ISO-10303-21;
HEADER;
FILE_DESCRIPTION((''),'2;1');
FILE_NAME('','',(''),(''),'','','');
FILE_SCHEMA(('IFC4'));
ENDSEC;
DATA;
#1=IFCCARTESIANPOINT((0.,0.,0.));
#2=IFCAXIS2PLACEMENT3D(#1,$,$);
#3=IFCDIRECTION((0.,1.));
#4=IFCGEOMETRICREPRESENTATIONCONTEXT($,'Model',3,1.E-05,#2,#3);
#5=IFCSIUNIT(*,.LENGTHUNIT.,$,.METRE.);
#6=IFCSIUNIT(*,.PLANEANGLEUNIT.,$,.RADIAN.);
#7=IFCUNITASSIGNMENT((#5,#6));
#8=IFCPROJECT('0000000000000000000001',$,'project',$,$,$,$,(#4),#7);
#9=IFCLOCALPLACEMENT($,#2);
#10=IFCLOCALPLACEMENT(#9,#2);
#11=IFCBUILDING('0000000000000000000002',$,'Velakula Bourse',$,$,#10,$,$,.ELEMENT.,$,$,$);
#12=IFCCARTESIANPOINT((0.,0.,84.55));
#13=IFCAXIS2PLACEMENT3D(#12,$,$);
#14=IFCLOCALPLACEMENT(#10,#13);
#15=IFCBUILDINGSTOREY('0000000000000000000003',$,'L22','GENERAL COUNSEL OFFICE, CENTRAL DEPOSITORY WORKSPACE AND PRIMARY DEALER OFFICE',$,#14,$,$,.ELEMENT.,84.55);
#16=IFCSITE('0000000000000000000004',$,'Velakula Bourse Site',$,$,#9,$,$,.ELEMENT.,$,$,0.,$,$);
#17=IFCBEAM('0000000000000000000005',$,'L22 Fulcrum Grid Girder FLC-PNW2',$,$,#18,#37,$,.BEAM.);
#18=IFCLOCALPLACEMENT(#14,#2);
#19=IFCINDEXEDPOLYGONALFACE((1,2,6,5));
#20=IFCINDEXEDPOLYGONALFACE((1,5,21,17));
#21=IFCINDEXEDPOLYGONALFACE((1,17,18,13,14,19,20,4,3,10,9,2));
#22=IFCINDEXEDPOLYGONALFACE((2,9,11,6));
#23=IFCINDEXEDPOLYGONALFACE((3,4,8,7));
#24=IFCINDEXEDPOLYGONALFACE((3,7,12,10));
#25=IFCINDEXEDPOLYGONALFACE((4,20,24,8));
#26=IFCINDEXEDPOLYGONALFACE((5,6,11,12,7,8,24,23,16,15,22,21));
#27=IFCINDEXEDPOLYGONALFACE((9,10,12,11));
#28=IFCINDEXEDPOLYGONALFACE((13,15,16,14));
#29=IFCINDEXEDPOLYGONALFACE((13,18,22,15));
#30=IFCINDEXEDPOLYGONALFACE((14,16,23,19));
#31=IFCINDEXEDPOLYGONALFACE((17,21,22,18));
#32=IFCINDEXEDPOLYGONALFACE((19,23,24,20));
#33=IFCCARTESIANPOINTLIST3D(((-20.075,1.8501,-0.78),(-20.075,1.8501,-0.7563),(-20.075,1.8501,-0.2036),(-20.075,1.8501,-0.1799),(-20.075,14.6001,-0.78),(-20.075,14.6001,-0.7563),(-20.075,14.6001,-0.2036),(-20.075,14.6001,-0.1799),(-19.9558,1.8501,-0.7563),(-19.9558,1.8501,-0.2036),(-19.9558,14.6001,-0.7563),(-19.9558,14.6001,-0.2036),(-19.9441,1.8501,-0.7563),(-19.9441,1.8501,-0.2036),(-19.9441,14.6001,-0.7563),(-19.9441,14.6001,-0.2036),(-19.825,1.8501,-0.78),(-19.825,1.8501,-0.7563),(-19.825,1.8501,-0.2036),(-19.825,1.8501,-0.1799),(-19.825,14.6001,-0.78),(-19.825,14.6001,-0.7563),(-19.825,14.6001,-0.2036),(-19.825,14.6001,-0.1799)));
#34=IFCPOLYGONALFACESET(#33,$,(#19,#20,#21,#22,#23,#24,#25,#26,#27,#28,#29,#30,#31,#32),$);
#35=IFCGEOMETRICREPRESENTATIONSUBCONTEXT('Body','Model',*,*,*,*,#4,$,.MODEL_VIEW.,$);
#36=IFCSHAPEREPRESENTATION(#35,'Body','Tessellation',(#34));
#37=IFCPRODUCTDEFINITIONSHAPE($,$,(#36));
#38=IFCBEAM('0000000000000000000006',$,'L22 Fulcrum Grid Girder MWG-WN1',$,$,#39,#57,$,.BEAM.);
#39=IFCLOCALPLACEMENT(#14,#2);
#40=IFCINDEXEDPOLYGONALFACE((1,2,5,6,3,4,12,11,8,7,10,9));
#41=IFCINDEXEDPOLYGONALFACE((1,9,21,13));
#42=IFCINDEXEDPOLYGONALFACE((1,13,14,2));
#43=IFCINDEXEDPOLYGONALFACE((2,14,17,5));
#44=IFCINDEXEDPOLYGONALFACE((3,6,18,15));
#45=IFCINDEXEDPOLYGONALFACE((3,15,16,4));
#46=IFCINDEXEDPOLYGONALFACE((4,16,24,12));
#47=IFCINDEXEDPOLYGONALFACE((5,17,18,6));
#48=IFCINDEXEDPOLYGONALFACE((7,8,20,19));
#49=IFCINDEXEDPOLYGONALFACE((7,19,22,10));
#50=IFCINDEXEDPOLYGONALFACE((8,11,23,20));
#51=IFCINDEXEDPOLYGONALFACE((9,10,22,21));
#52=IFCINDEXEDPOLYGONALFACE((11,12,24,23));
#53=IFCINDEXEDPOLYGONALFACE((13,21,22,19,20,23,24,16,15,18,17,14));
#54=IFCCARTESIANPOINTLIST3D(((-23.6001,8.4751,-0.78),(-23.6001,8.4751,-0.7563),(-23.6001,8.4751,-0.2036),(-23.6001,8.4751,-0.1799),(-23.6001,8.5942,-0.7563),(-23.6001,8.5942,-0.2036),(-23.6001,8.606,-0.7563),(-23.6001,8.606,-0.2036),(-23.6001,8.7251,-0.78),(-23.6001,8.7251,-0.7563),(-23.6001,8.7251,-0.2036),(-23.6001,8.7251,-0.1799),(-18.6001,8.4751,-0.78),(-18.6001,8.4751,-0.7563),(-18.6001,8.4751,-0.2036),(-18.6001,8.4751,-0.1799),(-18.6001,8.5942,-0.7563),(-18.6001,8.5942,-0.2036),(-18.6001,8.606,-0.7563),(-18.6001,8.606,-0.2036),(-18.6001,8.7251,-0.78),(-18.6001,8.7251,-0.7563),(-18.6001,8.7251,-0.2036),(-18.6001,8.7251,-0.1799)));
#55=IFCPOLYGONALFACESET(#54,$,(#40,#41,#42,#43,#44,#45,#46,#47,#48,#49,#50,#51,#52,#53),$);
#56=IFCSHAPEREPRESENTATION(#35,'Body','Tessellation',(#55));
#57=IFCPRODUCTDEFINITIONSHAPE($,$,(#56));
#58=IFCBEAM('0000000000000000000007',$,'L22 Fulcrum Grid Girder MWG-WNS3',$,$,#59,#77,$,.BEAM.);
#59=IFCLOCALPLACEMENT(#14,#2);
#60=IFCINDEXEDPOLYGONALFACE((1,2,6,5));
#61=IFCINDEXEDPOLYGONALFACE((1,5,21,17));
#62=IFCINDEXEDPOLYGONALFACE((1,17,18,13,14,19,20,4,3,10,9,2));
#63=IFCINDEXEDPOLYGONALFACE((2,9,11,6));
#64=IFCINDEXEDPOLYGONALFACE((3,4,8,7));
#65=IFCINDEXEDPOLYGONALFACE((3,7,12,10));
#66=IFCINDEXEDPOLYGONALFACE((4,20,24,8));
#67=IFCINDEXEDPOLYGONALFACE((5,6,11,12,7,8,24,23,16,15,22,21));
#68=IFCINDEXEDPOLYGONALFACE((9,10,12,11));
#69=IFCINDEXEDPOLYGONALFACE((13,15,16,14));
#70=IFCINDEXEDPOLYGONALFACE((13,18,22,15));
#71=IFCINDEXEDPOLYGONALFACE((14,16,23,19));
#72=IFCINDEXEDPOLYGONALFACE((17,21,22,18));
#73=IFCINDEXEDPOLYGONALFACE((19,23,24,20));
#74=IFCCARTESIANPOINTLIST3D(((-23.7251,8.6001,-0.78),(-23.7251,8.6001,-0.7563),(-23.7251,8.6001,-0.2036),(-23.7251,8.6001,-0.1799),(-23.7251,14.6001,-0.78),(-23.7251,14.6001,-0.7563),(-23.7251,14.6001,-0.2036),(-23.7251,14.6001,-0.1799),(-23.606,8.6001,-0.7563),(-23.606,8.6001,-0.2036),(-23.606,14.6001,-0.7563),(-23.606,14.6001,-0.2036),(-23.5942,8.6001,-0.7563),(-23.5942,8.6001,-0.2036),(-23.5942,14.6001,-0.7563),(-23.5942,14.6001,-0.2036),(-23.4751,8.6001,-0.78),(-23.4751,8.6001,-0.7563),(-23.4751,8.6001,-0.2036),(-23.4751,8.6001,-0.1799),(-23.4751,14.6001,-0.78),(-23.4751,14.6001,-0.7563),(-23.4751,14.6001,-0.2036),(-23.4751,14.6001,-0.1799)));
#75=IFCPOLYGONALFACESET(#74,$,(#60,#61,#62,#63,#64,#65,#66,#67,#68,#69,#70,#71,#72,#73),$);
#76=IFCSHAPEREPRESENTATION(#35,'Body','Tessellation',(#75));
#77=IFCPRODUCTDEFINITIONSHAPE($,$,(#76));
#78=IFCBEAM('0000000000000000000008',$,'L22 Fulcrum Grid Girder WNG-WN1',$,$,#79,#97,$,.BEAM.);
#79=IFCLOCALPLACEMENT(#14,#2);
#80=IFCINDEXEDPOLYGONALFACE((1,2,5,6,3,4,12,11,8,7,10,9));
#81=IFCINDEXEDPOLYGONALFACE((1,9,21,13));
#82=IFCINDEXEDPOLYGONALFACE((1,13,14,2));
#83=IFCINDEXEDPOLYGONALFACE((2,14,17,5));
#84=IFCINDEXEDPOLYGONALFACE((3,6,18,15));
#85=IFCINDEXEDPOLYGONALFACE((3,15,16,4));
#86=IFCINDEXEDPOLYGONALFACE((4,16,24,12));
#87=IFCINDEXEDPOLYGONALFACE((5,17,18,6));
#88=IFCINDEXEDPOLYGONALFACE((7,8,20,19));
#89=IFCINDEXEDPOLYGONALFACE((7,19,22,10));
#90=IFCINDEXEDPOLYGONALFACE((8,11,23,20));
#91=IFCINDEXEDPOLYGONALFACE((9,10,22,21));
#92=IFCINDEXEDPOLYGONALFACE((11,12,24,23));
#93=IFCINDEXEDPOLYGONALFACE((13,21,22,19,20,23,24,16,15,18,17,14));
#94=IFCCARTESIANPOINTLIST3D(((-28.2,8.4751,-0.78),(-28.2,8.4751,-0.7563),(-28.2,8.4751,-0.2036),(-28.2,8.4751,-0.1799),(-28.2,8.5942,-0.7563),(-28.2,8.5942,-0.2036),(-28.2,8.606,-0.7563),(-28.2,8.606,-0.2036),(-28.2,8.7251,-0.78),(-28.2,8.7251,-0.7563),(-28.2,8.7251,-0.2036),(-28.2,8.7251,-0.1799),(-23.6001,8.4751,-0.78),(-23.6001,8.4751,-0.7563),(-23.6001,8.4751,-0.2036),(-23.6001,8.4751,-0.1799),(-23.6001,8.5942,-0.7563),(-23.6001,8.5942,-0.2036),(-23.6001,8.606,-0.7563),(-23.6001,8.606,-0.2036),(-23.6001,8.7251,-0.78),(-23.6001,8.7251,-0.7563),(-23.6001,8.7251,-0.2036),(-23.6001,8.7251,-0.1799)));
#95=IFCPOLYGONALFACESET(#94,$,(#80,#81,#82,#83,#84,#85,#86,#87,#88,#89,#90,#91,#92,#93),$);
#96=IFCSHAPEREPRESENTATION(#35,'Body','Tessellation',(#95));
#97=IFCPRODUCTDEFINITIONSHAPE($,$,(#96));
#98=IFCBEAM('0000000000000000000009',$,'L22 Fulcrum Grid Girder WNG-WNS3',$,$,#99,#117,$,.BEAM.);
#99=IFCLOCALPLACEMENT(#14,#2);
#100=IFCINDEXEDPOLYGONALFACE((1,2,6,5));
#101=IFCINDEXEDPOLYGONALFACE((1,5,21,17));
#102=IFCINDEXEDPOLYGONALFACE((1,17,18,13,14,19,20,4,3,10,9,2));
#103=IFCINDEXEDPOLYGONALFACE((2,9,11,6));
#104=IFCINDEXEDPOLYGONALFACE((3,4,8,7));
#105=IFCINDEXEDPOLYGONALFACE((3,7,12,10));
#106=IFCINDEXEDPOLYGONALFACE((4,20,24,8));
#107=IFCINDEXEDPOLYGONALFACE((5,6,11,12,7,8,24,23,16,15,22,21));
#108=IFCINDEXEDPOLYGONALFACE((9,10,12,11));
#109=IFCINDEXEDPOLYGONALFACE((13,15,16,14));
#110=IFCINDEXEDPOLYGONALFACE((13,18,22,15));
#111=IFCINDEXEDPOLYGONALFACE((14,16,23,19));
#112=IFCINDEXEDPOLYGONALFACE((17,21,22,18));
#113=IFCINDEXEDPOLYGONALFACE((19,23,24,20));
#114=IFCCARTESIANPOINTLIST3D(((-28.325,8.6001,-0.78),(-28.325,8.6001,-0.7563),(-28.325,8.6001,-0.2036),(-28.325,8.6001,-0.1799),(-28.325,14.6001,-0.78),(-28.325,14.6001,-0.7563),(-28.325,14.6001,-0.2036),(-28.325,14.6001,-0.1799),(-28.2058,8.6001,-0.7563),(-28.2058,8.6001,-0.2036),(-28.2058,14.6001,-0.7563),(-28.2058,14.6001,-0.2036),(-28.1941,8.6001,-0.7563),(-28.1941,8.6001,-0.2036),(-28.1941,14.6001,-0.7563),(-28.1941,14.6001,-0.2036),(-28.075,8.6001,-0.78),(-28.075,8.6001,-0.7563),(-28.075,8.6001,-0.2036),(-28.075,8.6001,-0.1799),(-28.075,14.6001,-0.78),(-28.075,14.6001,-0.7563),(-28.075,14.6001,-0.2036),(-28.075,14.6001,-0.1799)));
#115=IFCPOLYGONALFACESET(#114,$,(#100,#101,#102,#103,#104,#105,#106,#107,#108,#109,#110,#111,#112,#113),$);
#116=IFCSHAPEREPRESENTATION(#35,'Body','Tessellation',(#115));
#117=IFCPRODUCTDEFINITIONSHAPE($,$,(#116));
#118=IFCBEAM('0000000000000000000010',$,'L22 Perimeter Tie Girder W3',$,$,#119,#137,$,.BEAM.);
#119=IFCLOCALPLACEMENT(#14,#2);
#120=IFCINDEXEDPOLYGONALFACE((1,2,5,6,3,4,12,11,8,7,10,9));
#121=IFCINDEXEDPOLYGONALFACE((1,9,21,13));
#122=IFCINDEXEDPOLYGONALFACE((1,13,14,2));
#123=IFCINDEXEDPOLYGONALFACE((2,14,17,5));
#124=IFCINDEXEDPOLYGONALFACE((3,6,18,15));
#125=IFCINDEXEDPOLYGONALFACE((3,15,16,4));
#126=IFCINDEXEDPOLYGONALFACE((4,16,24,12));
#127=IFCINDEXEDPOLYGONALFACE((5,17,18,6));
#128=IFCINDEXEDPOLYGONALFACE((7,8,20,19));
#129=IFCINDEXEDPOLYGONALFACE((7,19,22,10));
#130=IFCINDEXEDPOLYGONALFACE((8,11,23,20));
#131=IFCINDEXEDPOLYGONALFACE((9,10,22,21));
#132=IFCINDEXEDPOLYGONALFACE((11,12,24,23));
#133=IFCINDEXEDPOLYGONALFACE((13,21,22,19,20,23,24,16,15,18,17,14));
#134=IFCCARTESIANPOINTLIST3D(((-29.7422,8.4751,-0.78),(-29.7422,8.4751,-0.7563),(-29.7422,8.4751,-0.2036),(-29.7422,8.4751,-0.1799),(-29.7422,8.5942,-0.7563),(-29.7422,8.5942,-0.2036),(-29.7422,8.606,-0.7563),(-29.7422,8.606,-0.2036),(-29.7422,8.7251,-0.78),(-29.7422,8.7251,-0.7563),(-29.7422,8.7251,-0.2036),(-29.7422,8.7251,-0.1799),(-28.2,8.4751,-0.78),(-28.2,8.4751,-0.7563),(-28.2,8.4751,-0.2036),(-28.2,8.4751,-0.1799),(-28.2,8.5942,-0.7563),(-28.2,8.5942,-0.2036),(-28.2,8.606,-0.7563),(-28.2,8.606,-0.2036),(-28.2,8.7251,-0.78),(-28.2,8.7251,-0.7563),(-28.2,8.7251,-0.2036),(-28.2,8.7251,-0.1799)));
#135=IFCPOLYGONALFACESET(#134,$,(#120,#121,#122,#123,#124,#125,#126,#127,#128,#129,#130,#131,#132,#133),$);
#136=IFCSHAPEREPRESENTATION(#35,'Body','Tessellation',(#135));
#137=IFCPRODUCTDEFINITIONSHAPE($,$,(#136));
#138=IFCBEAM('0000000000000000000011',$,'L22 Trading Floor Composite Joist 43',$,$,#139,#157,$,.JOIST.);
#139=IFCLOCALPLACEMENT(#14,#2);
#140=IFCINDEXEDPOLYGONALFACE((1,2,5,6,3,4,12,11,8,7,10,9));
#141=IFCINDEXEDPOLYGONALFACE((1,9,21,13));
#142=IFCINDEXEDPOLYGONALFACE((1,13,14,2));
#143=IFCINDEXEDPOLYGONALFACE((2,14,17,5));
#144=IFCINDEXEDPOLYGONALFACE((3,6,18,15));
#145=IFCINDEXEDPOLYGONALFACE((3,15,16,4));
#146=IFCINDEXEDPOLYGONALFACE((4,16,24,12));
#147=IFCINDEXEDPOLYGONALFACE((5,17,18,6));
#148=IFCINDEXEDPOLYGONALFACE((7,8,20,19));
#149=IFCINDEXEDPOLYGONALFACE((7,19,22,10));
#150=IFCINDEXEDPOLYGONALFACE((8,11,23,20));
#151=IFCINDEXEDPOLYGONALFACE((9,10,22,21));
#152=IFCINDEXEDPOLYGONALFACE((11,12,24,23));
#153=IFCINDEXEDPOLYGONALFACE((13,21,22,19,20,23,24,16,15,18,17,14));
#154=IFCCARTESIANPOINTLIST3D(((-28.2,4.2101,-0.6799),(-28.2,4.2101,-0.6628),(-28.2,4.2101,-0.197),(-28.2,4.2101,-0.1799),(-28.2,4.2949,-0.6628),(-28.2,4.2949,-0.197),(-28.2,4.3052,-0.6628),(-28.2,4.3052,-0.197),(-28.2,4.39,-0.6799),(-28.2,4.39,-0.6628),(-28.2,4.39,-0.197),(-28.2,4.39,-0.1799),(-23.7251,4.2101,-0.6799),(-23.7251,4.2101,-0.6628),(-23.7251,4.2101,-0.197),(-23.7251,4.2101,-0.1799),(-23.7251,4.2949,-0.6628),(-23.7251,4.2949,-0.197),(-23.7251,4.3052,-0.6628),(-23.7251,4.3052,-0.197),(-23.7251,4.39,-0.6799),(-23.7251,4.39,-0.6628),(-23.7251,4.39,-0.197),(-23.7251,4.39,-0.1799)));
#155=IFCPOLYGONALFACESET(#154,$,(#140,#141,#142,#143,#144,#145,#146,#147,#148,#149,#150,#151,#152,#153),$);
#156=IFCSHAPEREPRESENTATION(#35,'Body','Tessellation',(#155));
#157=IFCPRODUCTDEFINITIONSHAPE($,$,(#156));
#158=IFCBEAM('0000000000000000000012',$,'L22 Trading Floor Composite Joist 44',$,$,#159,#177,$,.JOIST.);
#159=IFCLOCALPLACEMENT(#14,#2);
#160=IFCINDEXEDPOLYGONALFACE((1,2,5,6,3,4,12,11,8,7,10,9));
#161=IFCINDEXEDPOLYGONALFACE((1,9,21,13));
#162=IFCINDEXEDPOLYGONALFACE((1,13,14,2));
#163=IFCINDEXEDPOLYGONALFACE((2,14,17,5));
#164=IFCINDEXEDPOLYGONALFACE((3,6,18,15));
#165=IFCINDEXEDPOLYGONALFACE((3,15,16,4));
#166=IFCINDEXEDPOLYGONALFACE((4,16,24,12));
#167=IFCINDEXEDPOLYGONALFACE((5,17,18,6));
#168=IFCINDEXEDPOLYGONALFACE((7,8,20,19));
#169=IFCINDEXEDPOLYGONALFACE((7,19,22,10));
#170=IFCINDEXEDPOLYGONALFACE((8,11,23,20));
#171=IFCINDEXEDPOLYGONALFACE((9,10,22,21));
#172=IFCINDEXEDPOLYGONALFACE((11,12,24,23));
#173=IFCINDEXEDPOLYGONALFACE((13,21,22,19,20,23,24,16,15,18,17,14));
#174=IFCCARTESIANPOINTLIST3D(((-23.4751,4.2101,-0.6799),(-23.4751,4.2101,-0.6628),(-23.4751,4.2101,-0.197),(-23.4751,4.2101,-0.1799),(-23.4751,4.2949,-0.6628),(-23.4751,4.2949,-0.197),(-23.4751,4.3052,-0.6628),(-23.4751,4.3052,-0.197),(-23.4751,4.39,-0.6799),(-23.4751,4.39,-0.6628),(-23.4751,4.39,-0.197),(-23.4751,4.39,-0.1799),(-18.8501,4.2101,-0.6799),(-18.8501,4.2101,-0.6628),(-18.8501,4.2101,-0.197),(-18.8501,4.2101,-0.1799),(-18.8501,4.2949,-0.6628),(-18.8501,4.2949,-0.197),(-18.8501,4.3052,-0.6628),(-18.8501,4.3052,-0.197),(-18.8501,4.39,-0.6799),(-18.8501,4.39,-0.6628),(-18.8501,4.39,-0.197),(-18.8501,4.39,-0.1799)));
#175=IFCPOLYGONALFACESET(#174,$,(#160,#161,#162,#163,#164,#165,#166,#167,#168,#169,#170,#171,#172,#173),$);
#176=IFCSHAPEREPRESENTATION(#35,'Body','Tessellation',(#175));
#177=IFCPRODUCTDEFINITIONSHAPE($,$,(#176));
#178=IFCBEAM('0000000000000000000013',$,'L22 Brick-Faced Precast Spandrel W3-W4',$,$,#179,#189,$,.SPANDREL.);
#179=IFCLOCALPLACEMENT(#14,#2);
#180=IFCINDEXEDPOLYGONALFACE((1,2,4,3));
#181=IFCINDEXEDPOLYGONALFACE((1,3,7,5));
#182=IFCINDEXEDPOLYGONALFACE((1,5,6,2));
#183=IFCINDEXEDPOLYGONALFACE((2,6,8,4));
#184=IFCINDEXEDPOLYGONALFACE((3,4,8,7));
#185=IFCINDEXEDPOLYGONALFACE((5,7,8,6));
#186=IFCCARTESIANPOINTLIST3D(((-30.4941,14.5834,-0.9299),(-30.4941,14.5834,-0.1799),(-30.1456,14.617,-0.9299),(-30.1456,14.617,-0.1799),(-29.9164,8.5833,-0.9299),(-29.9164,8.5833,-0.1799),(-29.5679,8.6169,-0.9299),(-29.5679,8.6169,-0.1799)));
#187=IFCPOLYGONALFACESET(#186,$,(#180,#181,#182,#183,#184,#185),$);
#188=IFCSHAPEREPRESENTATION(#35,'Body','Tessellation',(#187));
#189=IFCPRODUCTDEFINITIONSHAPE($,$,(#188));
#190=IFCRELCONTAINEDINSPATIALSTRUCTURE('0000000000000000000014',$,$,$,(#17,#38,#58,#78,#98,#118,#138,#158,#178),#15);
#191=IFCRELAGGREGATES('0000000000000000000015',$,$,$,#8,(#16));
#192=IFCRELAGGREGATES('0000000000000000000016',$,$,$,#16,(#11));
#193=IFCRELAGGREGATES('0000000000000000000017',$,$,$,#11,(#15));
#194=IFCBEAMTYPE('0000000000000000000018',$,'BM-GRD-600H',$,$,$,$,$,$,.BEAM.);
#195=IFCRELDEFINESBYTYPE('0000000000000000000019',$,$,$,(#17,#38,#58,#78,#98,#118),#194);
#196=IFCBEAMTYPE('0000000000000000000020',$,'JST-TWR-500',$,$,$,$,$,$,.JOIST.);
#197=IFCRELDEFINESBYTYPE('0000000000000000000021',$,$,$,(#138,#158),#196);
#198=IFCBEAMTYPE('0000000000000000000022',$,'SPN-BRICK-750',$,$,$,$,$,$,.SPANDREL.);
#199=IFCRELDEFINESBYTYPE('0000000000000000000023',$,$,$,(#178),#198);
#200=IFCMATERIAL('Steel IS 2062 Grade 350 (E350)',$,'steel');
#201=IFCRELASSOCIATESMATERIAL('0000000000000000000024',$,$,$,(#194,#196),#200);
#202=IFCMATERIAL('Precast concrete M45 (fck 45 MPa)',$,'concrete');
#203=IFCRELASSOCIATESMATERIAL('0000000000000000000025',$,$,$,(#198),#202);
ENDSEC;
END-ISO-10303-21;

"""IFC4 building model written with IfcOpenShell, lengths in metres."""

from ifc_helpers import new_model, si_unit, direction, frame, origin, origin_2d, place, context, subcontext, project, spatial, rectangle, i_section, extrude, material, material_profile, profile_set, type_object, element, save


model = new_model("IFC4")

# Units and contexts
model_context = context("Model", 3, precision=1e-05, world=origin(), true_north=direction((0.0, 1.0)))
body_context = subcontext(model_context, "Body", "Model", "MODEL_VIEW")
ifc_project = project(units=[si_unit("LENGTHUNIT", "METRE"), si_unit("PLANEANGLEUNIT", "RADIAN")], contexts=[model_context])

# Site, building, storey
site_placement = place(None, origin())
site = spatial("IfcSite", under=ifc_project, at=site_placement, Name="Velakula Bourse Site", CompositionType="ELEMENT", RefElevation=0.0)
building_placement = place(site_placement, origin())
building = spatial("IfcBuilding", under=site, at=building_placement, Name="Velakula Bourse", CompositionType="ELEMENT")
storey_placement = place(building_placement, frame((0.0, 0.0, 84.55)))
storey = spatial("IfcBuildingStorey", under=building, at=storey_placement, Name="L22", Description="GENERAL COUNSEL OFFICE, CENTRAL DEPOSITORY WORKSPACE AND PRIMARY DEALER OFFICE", CompositionType="ELEMENT", Elevation=84.55)

# Beams
ifc_material_1 = material(Name="Steel IS 2062 Grade 350 (E350)", Category="steel")
ifc_material_profile_1 = material_profile(ifc_material_1, i_section(OverallWidth=0.25, OverallDepth=0.6001, WebThickness=0.0117, FlangeThickness=0.0237, at=origin_2d()), Name="Steel IS 2062 Grade 350 (E350)")
ifc_profile_set_1 = profile_set([ifc_material_profile_1], Name="Steel IS 2062 Grade 350 (E350)")
beam_type_1 = type_object("IfcBeamType", Name="BM-GRD-600H", PredefinedType="BEAM", material=ifc_profile_set_1)
for number, where, z_axis, x_axis, name in (
    (1, (-19.95, 1.8501, -0.48), (0.0, 1.0, 0.0), (-1.0, 0.0, 0.0), "L22 Fulcrum Grid Girder FLC-PNW2"),
):
    element("IfcBeam", number, at=place(storey_placement, frame(where, z_axis=z_axis, x_axis=x_axis)), inside=storey, type_object=beam_type_1, Name=name, PredefinedType="BEAM", context=body_context, shape_type="SweptSolid", body=[
        extrude(i_section(OverallWidth=0.25, OverallDepth=0.6001, WebThickness=0.0117, FlangeThickness=0.0237, at=origin_2d()), origin(), (0.0, 0.0, 1.0), 12.75),
    ])
beam_1_placement = place(storey_placement, frame((-23.6001, 8.6001, -0.48), z_axis=(1.0, 0.0, 0.0), x_axis=(0.0, 1.0, 0.0)))
element("IfcBeam", 2, at=beam_1_placement, inside=storey, type_object=beam_type_1, Name="L22 Fulcrum Grid Girder MWG-WN1", PredefinedType="BEAM", context=body_context, shape_type="SweptSolid", body=[
    extrude(i_section(OverallWidth=0.25, OverallDepth=0.6001, WebThickness=0.0117, FlangeThickness=0.0237, at=origin_2d()), origin(), (0.0, 0.0, 1.0), 5.0),
])
beam_2_placement = place(storey_placement, frame((-23.6001, 8.6001, -0.48), z_axis=(0.0, 1.0, 0.0), x_axis=(-1.0, 0.0, 0.0)))
element("IfcBeam", 3, at=beam_2_placement, inside=storey, type_object=beam_type_1, Name="L22 Fulcrum Grid Girder MWG-WNS3", PredefinedType="BEAM", context=body_context, shape_type="SweptSolid", body=[
    extrude(i_section(OverallWidth=0.25, OverallDepth=0.6001, WebThickness=0.0117, FlangeThickness=0.0237, at=origin_2d()), origin(), (0.0, 0.0, 1.0), 6.0),
])
beam_3_placement = place(storey_placement, frame((-28.2, 8.6001, -0.48), z_axis=(1.0, 0.0, 0.0), x_axis=(0.0, 1.0, 0.0)))
element("IfcBeam", 4, at=beam_3_placement, inside=storey, type_object=beam_type_1, Name="L22 Fulcrum Grid Girder WNG-WN1", PredefinedType="BEAM", context=body_context, shape_type="SweptSolid", body=[
    extrude(i_section(OverallWidth=0.25, OverallDepth=0.6001, WebThickness=0.0117, FlangeThickness=0.0237, at=origin_2d()), origin(), (0.0, 0.0, 1.0), 4.5999),
])
beam_4_placement = place(storey_placement, frame((-28.2, 8.6001, -0.48), z_axis=(0.0, 1.0, 0.0), x_axis=(-1.0, 0.0, 0.0)))
element("IfcBeam", 5, at=beam_4_placement, inside=storey, type_object=beam_type_1, Name="L22 Fulcrum Grid Girder WNG-WNS3", PredefinedType="BEAM", context=body_context, shape_type="SweptSolid", body=[
    extrude(i_section(OverallWidth=0.25, OverallDepth=0.6001, WebThickness=0.0117, FlangeThickness=0.0237, at=origin_2d()), origin(), (0.0, 0.0, 1.0), 6.0),
])
beam_5_placement = place(storey_placement, frame((-28.2, 8.6001, -0.48), z_axis=(-1.0, 0.0, 0.0), x_axis=(0.0, -1.0, 0.0)))
element("IfcBeam", 6, at=beam_5_placement, inside=storey, type_object=beam_type_1, Name="L22 Perimeter Tie Girder W3", PredefinedType="BEAM", context=body_context, shape_type="SweptSolid", body=[
    extrude(i_section(OverallWidth=0.25, OverallDepth=0.6001, WebThickness=0.0117, FlangeThickness=0.0237, at=origin_2d()), origin(), (0.0, 0.0, 1.0), 1.5422),
])
ifc_material_profile_2 = material_profile(ifc_material_1, i_section(OverallWidth=0.1799, OverallDepth=0.5, WebThickness=0.0103, FlangeThickness=0.0171, at=origin_2d()), Name="Steel IS 2062 Grade 350 (E350)")
ifc_profile_set_2 = profile_set([ifc_material_profile_2], Name="Steel IS 2062 Grade 350 (E350)")
beam_type_2 = type_object("IfcBeamType", Name="JST-TWR-500", PredefinedType="JOIST", material=ifc_profile_set_2)
beam_6_placement = place(storey_placement, frame((-28.2, 4.3, -0.4299), z_axis=(1.0, 0.0, 0.0), x_axis=(0.0, 1.0, 0.0)))
element("IfcBeam", 7, at=beam_6_placement, inside=storey, type_object=beam_type_2, Name="L22 Trading Floor Composite Joist 43", PredefinedType="JOIST", context=body_context, shape_type="SweptSolid", body=[
    extrude(i_section(OverallWidth=0.1799, OverallDepth=0.5, WebThickness=0.0103, FlangeThickness=0.0171, at=origin_2d()), origin(), (0.0, 0.0, 1.0), 4.4749),
])
beam_7_placement = place(storey_placement, frame((-23.4751, 4.3, -0.4299), z_axis=(1.0, 0.0, 0.0), x_axis=(0.0, 1.0, 0.0)))
element("IfcBeam", 8, at=beam_7_placement, inside=storey, type_object=beam_type_2, Name="L22 Trading Floor Composite Joist 44", PredefinedType="JOIST", context=body_context, shape_type="SweptSolid", body=[
    extrude(i_section(OverallWidth=0.1799, OverallDepth=0.5, WebThickness=0.0103, FlangeThickness=0.0171, at=origin_2d()), origin(), (0.0, 0.0, 1.0), 4.625),
])
ifc_material_2 = material(Name="Precast concrete M45 (fck 45 MPa)", Category="concrete")
ifc_material_profile_3 = material_profile(ifc_material_2, rectangle(XDim=0.3501, YDim=0.75, at=origin_2d()), Name="Precast concrete M45 (fck 45 MPa)")
ifc_profile_set_3 = profile_set([ifc_material_profile_3], Name="Precast concrete M45 (fck 45 MPa)")
beam_type_3 = type_object("IfcBeamType", Name="SPN-BRICK-750", PredefinedType="SPANDREL", material=ifc_profile_set_3)
beam_8_placement = place(storey_placement, frame((-29.7422, 8.6001, -0.5549), z_axis=(-0.09583, 0.995398, 0.0), x_axis=(-0.995398, -0.09583, 0.0)))
element("IfcBeam", 9, at=beam_8_placement, inside=storey, type_object=beam_type_3, Name="L22 Brick-Faced Precast Spandrel W3-W4", PredefinedType="SPANDREL", context=body_context, shape_type="SweptSolid", body=[
    extrude(rectangle(XDim=0.3501, YDim=0.75, at=origin_2d()), origin(), (0.0, 0.0, 1.0), 6.0278),
])

save(model, "model.ifc")
